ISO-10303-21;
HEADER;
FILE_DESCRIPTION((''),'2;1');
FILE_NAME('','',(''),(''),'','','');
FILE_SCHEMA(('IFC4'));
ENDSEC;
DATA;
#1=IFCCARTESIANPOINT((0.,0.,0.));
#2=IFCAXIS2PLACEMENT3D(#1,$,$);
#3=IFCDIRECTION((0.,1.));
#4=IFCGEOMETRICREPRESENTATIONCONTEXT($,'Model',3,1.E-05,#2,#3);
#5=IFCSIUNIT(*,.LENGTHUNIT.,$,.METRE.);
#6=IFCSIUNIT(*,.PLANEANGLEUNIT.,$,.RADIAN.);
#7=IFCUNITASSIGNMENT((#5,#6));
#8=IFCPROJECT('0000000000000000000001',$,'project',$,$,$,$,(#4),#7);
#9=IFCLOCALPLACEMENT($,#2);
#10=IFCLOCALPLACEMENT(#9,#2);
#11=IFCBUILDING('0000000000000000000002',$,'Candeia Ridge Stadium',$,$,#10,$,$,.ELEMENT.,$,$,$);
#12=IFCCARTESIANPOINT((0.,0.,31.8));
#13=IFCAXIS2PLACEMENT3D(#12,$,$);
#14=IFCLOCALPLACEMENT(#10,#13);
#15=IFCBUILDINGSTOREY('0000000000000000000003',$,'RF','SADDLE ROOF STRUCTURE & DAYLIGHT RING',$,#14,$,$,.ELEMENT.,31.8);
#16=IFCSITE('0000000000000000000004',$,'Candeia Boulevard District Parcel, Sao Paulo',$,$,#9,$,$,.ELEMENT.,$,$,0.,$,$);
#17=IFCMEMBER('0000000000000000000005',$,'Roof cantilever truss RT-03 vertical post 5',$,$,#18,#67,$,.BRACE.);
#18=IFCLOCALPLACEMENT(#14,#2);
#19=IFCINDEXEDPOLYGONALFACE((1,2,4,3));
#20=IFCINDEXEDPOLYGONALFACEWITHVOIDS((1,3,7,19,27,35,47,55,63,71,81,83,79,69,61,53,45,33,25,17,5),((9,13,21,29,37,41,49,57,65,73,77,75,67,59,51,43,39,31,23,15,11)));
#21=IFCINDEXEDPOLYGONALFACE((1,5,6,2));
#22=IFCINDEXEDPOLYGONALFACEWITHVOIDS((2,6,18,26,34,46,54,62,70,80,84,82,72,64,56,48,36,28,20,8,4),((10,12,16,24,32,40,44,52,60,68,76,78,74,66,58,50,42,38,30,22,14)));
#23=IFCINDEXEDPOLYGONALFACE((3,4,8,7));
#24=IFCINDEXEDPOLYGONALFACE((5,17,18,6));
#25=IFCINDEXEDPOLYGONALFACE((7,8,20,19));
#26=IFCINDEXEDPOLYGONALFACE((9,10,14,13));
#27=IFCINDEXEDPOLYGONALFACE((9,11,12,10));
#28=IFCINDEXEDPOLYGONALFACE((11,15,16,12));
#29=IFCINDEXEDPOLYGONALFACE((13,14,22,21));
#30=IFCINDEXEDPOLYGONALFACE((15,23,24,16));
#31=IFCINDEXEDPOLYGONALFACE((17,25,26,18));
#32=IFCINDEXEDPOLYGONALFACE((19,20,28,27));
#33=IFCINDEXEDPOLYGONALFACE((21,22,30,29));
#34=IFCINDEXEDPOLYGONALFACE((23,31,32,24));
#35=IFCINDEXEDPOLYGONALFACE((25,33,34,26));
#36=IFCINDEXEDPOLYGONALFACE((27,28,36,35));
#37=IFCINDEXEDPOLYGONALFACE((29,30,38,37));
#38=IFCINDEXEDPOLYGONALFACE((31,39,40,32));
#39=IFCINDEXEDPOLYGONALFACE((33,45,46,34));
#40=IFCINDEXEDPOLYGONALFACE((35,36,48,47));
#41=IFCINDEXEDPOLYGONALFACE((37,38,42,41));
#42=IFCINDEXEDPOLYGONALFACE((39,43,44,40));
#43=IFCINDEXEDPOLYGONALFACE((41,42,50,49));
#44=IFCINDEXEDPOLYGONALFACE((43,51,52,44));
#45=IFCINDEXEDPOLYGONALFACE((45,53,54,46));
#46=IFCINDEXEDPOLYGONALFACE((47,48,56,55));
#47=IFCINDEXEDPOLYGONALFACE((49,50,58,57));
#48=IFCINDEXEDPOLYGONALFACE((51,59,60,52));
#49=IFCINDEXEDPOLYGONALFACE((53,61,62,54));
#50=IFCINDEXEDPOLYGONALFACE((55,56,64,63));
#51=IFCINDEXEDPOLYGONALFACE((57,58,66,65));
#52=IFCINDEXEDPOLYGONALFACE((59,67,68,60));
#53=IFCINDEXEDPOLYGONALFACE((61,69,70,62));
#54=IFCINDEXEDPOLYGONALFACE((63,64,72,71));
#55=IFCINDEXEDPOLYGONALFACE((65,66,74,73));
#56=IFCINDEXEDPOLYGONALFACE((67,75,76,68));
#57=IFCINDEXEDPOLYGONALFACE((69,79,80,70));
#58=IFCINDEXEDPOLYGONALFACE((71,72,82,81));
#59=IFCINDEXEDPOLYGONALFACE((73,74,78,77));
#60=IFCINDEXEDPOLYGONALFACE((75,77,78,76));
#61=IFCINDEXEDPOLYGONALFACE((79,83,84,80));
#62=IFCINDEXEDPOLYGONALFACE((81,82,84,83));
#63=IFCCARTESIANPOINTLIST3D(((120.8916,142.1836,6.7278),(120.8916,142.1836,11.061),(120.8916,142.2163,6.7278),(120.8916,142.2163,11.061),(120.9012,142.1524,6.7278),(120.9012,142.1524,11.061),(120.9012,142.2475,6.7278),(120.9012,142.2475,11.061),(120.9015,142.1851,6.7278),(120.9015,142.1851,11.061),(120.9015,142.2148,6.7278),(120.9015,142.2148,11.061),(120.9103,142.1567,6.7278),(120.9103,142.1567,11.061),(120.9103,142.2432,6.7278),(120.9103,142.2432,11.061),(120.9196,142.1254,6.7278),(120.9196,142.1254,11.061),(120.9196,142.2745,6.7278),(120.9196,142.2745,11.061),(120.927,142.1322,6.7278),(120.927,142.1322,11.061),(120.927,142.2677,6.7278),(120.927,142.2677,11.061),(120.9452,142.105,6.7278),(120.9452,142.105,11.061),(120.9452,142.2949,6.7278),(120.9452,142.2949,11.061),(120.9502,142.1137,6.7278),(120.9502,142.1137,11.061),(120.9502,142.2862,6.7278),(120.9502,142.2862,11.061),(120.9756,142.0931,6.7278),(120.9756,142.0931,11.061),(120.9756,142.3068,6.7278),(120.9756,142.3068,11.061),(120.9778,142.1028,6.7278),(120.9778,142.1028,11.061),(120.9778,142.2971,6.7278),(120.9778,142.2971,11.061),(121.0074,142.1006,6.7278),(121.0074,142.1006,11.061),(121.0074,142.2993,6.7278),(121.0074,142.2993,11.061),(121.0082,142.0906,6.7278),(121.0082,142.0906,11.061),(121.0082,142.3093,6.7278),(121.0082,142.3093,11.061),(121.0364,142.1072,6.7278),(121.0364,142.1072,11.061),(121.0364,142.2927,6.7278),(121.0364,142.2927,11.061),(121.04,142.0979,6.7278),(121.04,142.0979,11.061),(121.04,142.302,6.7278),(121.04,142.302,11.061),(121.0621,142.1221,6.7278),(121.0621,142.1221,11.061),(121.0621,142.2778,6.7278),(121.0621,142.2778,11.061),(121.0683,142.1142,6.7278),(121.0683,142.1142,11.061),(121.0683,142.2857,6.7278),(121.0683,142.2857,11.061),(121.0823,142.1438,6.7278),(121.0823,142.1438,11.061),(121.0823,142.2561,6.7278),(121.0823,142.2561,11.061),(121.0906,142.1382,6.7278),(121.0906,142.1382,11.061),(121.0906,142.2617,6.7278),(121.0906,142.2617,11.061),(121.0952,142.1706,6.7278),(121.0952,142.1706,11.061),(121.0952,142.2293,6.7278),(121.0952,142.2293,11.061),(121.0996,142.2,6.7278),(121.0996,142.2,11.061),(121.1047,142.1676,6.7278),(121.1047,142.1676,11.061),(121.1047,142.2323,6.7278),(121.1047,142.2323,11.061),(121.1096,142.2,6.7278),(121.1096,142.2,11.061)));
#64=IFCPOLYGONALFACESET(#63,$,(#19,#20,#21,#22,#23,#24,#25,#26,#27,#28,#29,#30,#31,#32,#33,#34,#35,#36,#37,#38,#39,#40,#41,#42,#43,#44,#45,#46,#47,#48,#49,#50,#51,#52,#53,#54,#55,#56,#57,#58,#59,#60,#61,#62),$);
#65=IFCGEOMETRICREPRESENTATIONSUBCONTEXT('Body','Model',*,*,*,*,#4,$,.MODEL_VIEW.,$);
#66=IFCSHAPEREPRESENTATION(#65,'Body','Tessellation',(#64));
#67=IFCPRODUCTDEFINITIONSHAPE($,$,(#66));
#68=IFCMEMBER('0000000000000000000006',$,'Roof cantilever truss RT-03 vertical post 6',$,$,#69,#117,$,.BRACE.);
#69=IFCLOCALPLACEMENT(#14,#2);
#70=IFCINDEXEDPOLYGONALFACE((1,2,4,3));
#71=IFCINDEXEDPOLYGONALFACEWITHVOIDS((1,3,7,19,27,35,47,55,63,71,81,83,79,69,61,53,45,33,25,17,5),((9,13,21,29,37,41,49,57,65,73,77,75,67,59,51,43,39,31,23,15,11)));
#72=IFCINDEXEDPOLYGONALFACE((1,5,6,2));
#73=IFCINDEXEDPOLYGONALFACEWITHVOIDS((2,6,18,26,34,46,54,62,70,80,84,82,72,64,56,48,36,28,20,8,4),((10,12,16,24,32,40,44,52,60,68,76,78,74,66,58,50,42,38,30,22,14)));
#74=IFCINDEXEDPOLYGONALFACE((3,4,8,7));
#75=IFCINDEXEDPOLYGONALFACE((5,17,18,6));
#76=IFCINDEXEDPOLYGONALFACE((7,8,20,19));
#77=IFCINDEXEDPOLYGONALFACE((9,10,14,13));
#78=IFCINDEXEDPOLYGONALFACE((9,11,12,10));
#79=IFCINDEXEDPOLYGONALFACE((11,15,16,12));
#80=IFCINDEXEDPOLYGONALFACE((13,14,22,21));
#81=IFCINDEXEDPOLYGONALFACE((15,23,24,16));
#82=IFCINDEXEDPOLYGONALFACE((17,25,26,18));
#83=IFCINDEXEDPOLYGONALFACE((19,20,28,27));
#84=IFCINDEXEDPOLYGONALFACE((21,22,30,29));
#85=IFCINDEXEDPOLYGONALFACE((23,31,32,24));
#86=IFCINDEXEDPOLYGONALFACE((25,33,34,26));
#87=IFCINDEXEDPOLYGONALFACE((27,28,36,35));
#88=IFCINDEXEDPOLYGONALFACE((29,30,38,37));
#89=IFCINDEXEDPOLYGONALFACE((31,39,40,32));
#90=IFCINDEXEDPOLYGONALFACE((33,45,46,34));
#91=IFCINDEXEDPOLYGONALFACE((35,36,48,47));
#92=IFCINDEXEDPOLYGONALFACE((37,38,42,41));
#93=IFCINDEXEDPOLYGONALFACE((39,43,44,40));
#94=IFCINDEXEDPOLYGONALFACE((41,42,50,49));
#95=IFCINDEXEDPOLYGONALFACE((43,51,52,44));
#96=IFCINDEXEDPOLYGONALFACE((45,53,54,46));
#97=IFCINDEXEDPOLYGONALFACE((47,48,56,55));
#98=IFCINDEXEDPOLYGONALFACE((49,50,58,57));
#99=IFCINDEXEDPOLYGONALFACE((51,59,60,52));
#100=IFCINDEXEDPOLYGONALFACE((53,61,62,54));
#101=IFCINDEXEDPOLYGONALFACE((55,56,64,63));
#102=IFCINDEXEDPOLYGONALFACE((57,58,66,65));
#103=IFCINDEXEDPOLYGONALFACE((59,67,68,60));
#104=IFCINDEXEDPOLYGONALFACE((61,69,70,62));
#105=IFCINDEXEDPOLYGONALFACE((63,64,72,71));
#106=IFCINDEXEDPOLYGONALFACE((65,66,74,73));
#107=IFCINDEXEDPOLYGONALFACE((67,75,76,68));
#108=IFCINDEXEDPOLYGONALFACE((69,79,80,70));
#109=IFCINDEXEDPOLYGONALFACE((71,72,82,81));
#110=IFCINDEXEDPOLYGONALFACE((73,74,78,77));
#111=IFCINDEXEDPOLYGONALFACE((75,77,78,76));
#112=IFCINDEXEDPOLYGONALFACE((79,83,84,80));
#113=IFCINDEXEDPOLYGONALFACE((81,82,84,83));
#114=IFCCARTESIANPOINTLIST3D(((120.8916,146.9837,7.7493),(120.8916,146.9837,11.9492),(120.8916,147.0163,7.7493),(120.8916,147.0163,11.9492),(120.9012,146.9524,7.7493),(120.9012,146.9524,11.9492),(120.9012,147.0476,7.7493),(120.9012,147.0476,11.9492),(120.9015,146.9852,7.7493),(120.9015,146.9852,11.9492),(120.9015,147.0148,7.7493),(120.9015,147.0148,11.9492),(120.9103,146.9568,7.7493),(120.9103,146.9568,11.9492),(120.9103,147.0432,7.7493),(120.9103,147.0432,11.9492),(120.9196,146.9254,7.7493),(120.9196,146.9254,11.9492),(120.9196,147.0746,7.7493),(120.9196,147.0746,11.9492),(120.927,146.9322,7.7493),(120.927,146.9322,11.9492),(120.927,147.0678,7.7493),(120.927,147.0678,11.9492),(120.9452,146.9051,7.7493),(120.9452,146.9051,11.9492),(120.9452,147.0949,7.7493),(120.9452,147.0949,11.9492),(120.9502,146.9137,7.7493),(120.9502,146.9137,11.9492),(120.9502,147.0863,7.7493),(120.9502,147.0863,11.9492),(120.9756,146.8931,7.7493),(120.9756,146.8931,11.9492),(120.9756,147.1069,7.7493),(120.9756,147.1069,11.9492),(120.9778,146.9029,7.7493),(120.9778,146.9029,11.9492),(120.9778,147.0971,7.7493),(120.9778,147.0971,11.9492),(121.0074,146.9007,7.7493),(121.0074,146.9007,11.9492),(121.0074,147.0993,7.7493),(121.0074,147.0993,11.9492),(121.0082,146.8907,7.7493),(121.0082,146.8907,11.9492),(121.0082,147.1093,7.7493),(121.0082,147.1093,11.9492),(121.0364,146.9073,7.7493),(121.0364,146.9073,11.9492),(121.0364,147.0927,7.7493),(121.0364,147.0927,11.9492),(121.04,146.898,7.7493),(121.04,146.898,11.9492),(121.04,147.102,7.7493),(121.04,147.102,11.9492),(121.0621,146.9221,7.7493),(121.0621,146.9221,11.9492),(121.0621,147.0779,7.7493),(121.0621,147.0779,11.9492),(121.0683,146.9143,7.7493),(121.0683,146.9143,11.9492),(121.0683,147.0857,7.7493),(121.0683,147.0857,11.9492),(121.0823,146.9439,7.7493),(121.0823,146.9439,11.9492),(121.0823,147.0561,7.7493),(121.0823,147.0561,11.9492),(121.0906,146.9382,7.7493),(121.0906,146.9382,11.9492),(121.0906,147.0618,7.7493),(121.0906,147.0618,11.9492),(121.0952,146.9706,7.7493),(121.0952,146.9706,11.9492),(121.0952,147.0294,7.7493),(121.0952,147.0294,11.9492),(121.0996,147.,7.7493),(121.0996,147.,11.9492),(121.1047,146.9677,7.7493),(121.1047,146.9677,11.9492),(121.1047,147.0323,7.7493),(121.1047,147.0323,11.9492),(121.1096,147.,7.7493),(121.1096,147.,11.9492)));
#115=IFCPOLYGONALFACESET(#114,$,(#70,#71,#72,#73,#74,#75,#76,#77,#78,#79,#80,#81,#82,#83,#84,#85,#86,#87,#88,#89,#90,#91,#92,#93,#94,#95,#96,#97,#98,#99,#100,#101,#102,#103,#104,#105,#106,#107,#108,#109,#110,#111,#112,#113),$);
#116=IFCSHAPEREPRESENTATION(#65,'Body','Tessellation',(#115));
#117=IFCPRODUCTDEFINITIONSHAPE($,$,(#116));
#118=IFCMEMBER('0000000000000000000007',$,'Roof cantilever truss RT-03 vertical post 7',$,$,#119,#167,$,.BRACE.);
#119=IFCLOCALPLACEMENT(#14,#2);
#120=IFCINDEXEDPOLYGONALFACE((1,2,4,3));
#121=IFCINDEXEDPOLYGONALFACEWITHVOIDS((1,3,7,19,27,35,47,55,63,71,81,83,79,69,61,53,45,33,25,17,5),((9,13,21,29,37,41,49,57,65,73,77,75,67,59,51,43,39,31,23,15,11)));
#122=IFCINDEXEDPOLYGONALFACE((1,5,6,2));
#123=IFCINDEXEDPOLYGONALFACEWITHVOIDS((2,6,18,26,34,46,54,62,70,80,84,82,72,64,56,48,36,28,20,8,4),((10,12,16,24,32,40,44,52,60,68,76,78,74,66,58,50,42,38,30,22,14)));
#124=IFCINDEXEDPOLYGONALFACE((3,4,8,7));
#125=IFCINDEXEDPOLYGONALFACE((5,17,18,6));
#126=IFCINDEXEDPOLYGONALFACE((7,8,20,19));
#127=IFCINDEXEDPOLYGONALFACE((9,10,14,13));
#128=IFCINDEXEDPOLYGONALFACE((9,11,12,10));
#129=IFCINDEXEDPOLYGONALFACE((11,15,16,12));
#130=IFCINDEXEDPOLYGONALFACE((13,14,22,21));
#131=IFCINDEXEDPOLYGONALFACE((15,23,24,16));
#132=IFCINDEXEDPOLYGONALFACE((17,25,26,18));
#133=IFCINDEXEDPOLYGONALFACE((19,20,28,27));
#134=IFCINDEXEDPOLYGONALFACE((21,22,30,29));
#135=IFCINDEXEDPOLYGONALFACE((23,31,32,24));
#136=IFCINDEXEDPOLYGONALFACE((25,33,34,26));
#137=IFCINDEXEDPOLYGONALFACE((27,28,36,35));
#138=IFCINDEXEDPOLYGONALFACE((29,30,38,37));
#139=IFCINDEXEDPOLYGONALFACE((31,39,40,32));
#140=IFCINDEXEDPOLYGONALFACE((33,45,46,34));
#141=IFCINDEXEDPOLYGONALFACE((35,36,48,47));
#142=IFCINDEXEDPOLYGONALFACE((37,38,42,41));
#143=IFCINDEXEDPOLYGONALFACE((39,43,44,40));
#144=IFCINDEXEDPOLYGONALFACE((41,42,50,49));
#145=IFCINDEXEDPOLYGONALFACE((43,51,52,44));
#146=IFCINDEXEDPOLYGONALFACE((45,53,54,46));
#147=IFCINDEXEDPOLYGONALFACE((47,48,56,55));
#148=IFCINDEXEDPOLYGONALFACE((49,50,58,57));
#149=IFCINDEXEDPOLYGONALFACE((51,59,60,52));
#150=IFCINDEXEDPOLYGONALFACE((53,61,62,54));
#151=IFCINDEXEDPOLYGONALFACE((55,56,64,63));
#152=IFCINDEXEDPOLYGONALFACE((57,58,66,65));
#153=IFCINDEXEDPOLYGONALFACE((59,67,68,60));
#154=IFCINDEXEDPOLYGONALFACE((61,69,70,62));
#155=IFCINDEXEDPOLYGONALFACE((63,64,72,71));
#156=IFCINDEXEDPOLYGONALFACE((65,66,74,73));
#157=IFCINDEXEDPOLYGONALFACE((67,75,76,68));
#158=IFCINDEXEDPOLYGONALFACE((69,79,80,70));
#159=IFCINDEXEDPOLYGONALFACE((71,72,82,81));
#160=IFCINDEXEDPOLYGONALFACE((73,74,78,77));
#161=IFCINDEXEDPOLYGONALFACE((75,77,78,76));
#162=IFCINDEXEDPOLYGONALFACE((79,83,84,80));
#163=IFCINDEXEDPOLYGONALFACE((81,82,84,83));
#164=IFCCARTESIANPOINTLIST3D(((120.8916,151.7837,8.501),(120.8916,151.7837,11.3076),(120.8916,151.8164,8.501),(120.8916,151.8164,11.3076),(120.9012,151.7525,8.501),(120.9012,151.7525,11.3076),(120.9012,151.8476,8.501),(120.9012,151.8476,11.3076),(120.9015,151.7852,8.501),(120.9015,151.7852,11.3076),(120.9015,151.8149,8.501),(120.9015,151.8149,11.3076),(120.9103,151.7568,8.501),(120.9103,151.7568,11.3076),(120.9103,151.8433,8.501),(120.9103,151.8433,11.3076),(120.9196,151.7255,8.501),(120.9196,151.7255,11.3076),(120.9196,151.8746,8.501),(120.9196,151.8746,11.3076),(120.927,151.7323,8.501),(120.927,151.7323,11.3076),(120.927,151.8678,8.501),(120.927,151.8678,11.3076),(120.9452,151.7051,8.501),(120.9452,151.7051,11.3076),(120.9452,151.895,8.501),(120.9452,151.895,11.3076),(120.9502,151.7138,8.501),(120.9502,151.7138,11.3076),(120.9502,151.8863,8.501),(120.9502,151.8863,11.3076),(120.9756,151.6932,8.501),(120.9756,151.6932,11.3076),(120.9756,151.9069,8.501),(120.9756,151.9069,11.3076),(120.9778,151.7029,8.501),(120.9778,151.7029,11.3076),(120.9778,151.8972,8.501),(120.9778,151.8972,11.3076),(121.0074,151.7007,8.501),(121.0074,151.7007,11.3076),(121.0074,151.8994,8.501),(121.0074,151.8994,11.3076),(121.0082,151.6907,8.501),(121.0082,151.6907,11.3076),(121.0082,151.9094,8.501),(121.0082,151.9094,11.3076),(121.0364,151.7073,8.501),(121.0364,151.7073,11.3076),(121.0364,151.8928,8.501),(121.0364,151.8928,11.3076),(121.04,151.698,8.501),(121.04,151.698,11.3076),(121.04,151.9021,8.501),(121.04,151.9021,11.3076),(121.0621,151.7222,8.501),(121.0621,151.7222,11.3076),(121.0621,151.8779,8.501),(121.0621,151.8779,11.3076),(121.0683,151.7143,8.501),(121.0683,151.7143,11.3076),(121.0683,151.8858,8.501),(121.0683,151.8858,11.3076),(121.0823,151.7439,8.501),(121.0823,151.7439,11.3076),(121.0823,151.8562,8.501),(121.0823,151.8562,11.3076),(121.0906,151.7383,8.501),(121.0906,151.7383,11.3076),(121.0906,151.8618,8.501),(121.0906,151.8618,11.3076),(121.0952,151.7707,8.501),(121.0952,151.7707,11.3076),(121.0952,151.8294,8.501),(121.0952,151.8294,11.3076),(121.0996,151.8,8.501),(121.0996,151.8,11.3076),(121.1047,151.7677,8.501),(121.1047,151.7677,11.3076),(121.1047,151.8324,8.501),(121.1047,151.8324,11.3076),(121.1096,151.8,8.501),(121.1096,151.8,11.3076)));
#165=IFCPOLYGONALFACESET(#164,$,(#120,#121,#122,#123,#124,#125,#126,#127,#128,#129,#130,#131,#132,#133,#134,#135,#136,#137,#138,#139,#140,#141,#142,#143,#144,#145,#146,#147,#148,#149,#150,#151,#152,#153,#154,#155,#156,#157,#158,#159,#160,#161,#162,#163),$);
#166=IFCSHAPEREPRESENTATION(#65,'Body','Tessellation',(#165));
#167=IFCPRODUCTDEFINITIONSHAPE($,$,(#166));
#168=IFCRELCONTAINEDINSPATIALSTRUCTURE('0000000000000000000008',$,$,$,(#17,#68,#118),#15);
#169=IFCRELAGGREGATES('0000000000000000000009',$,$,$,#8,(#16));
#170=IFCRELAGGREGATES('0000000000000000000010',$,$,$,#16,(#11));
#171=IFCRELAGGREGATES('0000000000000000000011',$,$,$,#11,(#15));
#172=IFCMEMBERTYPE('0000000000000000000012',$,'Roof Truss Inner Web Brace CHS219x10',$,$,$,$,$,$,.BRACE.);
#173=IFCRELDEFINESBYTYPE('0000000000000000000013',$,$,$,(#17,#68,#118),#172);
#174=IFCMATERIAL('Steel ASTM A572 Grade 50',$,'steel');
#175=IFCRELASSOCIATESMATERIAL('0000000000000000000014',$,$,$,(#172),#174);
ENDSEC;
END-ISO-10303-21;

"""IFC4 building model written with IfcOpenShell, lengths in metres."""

from ifc_helpers import new_model, si_unit, direction, frame, origin, origin_2d, place, context, subcontext, project, spatial, hollow_circle, extrude, material, material_profile, profile_set, type_object, element, save


model = new_model("IFC4")

# Units and contexts
model_context = context("Model", 3, precision=1e-05, world=origin(), true_north=direction((0.0, 1.0)))
body_context = subcontext(model_context, "Body", "Model", "MODEL_VIEW")
ifc_project = project(units=[si_unit("LENGTHUNIT", "METRE"), si_unit("PLANEANGLEUNIT", "RADIAN")], contexts=[model_context])

# Site, building, storey
site_placement = place(None, origin())
site = spatial("IfcSite", under=ifc_project, at=site_placement, Name="Candeia Boulevard District Parcel, Sao Paulo", CompositionType="ELEMENT", RefElevation=0.0)
building_placement = place(site_placement, origin())
building = spatial("IfcBuilding", under=site, at=building_placement, Name="Candeia Ridge Stadium", CompositionType="ELEMENT")
storey_placement = place(building_placement, frame((0.0, 0.0, 31.8)))
storey = spatial("IfcBuildingStorey", under=building, at=storey_placement, Name="RF", Description="SADDLE ROOF STRUCTURE & DAYLIGHT RING", CompositionType="ELEMENT", Elevation=31.8)

# Shared definitions
ifc_material_1 = material(Name="Steel ASTM A572 Grade 50", Category="steel")

# Members
ifc_material_profile_1 = material_profile(ifc_material_1, hollow_circle(Radius=0.1096, WallThickness=0.01, at=origin_2d()), Name="CHS219x10", Category="steel")
ifc_profile_set_1 = profile_set([ifc_material_profile_1], Name="Steel ASTM A572 Grade 50")
member_type_1 = type_object("IfcMemberType", Name="Roof Truss Inner Web Brace CHS219x10", PredefinedType="BRACE", material=ifc_profile_set_1)
member_1_placement = place(storey_placement, frame((121.0, 142.2, 6.7278), z_axis=(0.0, 0.0, 1.0), x_axis=(1.0, 0.0, 0.0)))
element("IfcMember", 1, at=member_1_placement, inside=storey, type_object=member_type_1, Name="Roof cantilever truss RT-03 vertical post 5", PredefinedType="BRACE", context=body_context, shape_type="SweptSolid", body=[
    extrude(hollow_circle(Radius=0.1096, WallThickness=0.01, at=origin_2d()), origin(), (0.0, 0.0, 1.0), 4.3333),
])
member_2_placement = place(storey_placement, frame((121.0, 147.0, 7.7493), z_axis=(0.0, 0.0, 1.0), x_axis=(1.0, 0.0, 0.0)))
element("IfcMember", 2, at=member_2_placement, inside=storey, type_object=member_type_1, Name="Roof cantilever truss RT-03 vertical post 6", PredefinedType="BRACE", context=body_context, shape_type="SweptSolid", body=[
    extrude(hollow_circle(Radius=0.1096, WallThickness=0.01, at=origin_2d()), origin(), (0.0, 0.0, 1.0), 4.2),
])
member_3_placement = place(storey_placement, frame((121.0, 151.8, 8.501), z_axis=(0.0, 0.0, 1.0), x_axis=(1.0, 0.0, 0.0)))
element("IfcMember", 3, at=member_3_placement, inside=storey, type_object=member_type_1, Name="Roof cantilever truss RT-03 vertical post 7", PredefinedType="BRACE", context=body_context, shape_type="SweptSolid", body=[
    extrude(hollow_circle(Radius=0.1096, WallThickness=0.01, at=origin_2d()), origin(), (0.0, 0.0, 1.0), 2.8066),
])

save(model, "model.ifc")
